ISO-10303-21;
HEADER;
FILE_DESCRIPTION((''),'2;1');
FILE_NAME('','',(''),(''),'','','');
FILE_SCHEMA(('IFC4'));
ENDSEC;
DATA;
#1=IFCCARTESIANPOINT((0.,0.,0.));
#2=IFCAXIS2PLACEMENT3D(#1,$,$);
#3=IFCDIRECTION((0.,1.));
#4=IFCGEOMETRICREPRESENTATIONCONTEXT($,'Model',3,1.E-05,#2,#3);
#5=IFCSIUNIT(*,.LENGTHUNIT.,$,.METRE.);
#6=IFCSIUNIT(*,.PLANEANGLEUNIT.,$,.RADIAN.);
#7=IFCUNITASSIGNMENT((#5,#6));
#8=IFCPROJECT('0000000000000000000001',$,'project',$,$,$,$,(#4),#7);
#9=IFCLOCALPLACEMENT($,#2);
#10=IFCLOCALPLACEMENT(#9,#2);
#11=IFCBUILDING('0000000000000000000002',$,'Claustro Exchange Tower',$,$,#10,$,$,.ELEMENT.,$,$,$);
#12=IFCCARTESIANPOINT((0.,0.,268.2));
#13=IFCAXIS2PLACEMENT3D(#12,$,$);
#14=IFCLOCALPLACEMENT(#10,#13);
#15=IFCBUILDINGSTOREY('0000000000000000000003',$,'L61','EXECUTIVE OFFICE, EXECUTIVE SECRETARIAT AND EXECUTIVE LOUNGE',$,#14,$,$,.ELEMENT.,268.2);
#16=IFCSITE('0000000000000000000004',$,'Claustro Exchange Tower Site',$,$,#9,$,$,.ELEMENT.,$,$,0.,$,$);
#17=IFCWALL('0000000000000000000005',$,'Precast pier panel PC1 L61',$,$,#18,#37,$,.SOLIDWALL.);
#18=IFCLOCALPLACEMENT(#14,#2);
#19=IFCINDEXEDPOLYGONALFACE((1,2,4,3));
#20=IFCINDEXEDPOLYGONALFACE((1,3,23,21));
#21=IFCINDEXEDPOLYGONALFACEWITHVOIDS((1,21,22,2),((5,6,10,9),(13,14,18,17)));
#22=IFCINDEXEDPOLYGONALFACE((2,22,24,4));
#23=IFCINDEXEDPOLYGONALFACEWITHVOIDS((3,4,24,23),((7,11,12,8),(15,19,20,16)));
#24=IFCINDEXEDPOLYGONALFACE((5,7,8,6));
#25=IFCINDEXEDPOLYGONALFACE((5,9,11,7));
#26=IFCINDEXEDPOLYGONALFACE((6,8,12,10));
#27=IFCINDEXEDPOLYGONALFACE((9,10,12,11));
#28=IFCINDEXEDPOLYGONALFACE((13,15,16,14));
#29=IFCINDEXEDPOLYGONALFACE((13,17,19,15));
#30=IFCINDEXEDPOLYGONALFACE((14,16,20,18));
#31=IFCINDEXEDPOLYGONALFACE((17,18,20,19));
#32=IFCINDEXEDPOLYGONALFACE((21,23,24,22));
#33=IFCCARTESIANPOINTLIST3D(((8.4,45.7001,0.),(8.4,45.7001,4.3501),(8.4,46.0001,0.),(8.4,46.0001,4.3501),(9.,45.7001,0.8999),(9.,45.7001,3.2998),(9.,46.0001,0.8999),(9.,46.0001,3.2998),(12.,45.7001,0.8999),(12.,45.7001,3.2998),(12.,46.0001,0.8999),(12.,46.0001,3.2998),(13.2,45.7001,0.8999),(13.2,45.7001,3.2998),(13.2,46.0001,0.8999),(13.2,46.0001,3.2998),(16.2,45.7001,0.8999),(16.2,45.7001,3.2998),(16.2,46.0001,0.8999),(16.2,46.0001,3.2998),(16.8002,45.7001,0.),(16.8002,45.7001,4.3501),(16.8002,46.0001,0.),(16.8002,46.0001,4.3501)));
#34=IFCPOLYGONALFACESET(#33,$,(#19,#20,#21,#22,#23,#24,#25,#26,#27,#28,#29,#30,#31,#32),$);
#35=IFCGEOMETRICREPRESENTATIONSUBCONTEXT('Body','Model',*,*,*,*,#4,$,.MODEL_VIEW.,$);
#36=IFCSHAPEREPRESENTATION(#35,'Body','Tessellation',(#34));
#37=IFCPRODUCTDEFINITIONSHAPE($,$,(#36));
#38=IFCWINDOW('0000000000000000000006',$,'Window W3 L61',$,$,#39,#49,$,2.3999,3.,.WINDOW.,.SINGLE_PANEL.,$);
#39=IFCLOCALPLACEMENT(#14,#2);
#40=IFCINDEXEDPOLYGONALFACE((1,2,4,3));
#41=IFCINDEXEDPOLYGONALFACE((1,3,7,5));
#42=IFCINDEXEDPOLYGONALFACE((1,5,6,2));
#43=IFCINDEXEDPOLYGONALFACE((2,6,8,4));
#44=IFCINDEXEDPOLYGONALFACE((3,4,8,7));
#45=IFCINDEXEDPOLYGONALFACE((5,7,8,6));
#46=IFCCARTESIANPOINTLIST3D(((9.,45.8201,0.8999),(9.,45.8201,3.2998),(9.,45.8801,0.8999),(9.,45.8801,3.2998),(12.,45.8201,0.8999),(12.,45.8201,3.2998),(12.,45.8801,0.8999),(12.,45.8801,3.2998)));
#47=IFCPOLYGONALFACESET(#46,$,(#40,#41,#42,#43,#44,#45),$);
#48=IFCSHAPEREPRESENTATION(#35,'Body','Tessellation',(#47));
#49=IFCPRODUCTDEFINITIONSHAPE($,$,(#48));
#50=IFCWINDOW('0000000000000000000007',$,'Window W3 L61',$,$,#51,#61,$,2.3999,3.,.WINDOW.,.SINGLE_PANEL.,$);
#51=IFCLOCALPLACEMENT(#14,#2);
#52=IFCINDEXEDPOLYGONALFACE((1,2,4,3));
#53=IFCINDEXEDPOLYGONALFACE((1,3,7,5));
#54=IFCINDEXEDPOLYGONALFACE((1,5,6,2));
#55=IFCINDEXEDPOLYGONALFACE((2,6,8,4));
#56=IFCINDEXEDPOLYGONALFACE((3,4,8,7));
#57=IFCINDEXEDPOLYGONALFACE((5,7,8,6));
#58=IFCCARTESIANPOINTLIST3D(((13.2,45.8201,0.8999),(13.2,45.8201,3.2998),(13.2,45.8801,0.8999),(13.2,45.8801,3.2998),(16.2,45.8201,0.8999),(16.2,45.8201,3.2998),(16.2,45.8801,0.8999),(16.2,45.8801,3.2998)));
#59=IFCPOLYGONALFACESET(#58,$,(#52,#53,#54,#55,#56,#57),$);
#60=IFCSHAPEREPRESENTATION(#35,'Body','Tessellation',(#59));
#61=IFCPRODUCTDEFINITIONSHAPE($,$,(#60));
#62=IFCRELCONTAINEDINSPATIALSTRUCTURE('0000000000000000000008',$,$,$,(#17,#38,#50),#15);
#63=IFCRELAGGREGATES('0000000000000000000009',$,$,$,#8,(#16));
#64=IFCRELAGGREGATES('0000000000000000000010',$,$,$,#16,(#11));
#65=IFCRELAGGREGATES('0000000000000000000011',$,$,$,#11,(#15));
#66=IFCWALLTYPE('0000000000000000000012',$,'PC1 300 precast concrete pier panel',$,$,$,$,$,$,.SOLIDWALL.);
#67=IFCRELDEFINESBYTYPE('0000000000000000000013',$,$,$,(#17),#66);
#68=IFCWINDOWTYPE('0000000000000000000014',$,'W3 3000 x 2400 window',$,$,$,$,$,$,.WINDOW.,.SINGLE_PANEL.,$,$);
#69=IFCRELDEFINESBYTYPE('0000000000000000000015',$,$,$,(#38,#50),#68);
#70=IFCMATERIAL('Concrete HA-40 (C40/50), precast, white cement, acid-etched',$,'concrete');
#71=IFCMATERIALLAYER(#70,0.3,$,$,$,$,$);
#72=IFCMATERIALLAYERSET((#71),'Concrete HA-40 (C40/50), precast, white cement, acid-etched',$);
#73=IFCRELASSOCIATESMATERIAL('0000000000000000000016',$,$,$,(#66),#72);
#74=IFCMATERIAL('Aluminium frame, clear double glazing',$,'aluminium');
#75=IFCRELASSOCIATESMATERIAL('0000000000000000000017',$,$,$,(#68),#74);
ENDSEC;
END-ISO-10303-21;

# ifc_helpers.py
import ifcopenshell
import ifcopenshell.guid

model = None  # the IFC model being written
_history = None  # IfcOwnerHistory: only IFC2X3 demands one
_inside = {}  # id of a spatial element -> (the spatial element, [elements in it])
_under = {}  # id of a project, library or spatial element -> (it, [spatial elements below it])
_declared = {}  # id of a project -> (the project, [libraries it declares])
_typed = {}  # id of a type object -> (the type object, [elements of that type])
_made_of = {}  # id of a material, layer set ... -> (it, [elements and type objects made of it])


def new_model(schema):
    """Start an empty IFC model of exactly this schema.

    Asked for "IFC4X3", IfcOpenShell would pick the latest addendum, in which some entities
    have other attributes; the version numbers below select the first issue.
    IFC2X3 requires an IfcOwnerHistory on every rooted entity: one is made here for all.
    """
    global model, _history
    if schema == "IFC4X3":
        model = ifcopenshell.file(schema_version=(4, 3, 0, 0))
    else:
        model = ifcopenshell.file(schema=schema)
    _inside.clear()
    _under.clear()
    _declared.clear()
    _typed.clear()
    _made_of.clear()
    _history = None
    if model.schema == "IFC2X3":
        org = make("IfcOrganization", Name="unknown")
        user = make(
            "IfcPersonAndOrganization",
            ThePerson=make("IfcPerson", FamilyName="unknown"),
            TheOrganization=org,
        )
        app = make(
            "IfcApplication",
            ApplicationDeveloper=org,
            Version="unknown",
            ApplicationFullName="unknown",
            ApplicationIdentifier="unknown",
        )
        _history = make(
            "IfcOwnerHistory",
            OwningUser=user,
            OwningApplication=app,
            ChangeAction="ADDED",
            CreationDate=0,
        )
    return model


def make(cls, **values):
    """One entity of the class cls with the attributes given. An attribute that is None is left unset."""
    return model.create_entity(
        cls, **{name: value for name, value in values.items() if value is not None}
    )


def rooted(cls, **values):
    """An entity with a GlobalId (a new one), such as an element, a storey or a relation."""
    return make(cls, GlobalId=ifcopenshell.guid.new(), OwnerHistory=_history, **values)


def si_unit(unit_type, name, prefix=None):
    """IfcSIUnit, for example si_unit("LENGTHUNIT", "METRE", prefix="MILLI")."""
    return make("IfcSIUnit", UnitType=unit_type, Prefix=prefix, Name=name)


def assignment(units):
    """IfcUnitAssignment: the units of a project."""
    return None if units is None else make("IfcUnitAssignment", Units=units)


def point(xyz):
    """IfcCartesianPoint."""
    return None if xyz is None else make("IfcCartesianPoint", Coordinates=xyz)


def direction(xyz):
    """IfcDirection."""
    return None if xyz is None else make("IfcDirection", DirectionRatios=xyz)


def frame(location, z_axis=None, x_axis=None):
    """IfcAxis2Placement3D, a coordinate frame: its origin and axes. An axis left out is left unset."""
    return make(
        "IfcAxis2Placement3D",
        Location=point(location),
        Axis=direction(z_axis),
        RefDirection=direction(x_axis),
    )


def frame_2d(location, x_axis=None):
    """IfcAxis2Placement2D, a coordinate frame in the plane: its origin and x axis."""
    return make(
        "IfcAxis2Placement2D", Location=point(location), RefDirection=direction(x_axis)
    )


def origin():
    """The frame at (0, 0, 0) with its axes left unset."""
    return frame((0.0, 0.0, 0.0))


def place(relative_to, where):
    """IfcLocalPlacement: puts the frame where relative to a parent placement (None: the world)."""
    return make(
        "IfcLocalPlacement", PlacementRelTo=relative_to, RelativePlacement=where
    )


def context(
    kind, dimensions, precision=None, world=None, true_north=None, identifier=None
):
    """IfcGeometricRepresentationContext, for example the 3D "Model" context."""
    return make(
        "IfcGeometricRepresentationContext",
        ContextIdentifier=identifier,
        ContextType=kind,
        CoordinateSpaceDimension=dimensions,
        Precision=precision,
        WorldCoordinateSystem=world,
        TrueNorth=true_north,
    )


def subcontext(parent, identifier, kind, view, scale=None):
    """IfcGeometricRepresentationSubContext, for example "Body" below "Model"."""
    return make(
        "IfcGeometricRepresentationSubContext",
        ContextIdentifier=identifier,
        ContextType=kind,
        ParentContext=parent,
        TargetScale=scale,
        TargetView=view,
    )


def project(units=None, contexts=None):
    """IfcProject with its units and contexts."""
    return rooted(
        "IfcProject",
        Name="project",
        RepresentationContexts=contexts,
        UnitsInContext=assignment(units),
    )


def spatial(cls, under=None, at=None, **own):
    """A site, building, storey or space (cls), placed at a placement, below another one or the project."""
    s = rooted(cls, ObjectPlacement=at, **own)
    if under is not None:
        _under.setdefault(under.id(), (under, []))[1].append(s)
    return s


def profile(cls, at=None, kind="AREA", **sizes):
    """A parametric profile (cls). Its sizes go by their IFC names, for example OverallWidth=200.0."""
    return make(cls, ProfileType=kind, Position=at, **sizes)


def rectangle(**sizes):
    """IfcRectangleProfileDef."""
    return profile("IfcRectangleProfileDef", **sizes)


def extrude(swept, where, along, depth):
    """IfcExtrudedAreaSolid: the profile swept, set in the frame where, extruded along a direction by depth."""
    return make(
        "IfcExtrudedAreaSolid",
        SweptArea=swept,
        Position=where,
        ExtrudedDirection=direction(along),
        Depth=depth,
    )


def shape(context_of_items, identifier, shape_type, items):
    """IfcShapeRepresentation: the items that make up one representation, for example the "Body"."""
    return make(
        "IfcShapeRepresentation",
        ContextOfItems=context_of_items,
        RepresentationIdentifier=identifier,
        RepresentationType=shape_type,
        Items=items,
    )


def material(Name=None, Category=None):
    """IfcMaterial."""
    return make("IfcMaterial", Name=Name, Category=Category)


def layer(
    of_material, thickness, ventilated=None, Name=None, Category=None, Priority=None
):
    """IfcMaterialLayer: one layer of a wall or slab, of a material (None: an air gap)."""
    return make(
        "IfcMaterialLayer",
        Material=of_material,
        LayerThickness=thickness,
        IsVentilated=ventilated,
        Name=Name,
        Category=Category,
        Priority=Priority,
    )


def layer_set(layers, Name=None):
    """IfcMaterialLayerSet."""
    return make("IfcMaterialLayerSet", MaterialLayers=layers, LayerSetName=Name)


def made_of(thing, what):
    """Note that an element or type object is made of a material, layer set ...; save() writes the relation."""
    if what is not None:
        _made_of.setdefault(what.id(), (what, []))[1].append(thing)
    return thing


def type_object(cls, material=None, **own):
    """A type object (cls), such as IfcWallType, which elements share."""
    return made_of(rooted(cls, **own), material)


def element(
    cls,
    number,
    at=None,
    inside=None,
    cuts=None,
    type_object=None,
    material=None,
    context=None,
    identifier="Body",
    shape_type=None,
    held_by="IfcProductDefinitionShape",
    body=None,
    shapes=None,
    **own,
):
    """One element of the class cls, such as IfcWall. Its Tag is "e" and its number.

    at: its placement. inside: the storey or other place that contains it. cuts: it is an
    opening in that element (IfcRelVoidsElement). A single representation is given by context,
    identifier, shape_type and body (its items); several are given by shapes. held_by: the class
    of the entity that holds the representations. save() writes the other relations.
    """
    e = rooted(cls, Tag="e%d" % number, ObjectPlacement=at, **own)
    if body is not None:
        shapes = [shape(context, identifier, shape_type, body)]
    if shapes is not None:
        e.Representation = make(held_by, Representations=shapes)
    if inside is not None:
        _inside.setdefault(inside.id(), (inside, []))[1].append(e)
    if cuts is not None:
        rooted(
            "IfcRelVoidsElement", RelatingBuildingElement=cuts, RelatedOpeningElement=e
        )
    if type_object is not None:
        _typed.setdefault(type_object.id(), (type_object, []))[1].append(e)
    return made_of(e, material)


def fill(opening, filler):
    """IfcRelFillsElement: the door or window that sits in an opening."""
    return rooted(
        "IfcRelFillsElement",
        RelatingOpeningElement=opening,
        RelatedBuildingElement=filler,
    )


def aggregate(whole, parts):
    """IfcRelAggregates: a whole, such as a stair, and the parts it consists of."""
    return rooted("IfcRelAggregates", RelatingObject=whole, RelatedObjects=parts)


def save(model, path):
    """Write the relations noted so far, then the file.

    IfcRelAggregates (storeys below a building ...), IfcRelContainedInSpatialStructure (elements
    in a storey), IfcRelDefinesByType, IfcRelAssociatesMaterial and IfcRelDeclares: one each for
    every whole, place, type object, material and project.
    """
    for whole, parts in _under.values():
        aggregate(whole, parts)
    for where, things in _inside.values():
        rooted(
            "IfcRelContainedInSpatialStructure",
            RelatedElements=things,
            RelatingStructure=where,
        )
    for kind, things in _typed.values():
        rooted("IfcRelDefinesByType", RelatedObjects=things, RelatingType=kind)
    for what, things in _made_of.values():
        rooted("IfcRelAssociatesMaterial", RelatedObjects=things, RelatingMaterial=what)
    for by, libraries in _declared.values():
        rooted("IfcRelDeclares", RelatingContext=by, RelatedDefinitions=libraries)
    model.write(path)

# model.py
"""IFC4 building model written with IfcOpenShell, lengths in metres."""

from ifc_helpers import new_model, si_unit, direction, frame, frame_2d, origin, place, context, subcontext, project, spatial, rectangle, extrude, material, layer, layer_set, type_object, element, fill, save


model = new_model("IFC4")

# Units and contexts
model_context = context("Model", 3, precision=1e-05, world=origin(), true_north=direction((0.0, 1.0)))
body_context = subcontext(model_context, "Body", "Model", "MODEL_VIEW")
ifc_project = project(units=[si_unit("LENGTHUNIT", "METRE"), si_unit("PLANEANGLEUNIT", "RADIAN")], contexts=[model_context])

# Site, building, storey
site_placement = place(None, origin())
site = spatial("IfcSite", under=ifc_project, at=site_placement, Name="Claustro Exchange Tower Site", CompositionType="ELEMENT", RefElevation=0.0)
building_placement = place(site_placement, origin())
building = spatial("IfcBuilding", under=site, at=building_placement, Name="Claustro Exchange Tower", CompositionType="ELEMENT")
storey_placement = place(building_placement, frame((0.0, 0.0, 268.2)))
storey = spatial("IfcBuildingStorey", under=building, at=storey_placement, Name="L61", Description="EXECUTIVE OFFICE, EXECUTIVE SECRETARIAT AND EXECUTIVE LOUNGE", CompositionType="ELEMENT", Elevation=268.2)

# Wall, openings, windows
ifc_material_1 = material(Name="Concrete HA-40 (C40/50), precast, white cement, acid-etched", Category="concrete")
ifc_layer_1 = layer(ifc_material_1, 0.3)
ifc_layer_set_1 = layer_set([ifc_layer_1], Name="Concrete HA-40 (C40/50), precast, white cement, acid-etched")
wall_type_1 = type_object("IfcWallType", Name="PC1 300 precast concrete pier panel", PredefinedType="SOLIDWALL", material=ifc_layer_set_1)
wall_1_placement = place(storey_placement, frame((8.3999, 45.8501, 0.0), z_axis=(0.0, 0.0, 1.0), x_axis=(1.0, 0.0, 0.0)))
wall_1 = element("IfcWall", 1, at=wall_1_placement, inside=storey, type_object=wall_type_1, Name="Precast pier panel PC1 L61", PredefinedType="SOLIDWALL", context=body_context, shape_type="SweptSolid", body=[
    extrude(rectangle(XDim=8.4001, YDim=0.3, at=frame_2d((4.2002, 0.0))), origin(), (0.0, 0.0, 1.0), 4.3501),
])
opening_1_placement = place(wall_1_placement, frame((0.6001, 0.0, 0.8999)))
opening_1 = element("IfcOpeningElement", 2, at=opening_1_placement, cuts=wall_1, PredefinedType="OPENING", context=body_context, shape_type="SweptSolid", body=[
    extrude(rectangle(XDim=3.0, YDim=2.3999, at=frame_2d((1.5, 1.2))), frame((0.0, 0.1599, 0.0), z_axis=(0.0, -1.0, 0.0), x_axis=(1.0, 0.0, 0.0)), (0.0, 0.0, 1.0), 0.3201),
])
opening_2_placement = place(wall_1_placement, frame((4.8, 0.0, 0.8999)))
opening_2 = element("IfcOpeningElement", 3, at=opening_2_placement, cuts=wall_1, PredefinedType="OPENING", context=body_context, shape_type="SweptSolid", body=[
    extrude(rectangle(XDim=3.0, YDim=2.3999, at=frame_2d((1.5, 1.2))), frame((0.0, 0.1599, 0.0), z_axis=(0.0, -1.0, 0.0), x_axis=(1.0, 0.0, 0.0)), (0.0, 0.0, 1.0), 0.3201),
])
ifc_material_2 = material(Name="Aluminium frame, clear double glazing", Category="aluminium")
window_type = type_object("IfcWindowType", Name="W3 3000 x 2400 window", PartitioningType="SINGLE_PANEL", PredefinedType="WINDOW", material=ifc_material_2)
window_1_placement = place(opening_1_placement, origin())
window_1 = element("IfcWindow", 4, at=window_1_placement, inside=storey, type_object=window_type, Name="Window W3 L61", OverallHeight=2.3999, OverallWidth=3.0, PartitioningType="SINGLE_PANEL", PredefinedType="WINDOW", context=body_context, shape_type="SweptSolid", body=[
    extrude(rectangle(XDim=3.0, YDim=2.3999, at=frame_2d((1.5, 1.2))), frame((0.0, 0.03, 0.0), z_axis=(0.0, -1.0, 0.0), x_axis=(1.0, 0.0, 0.0)), (0.0, 0.0, 1.0), 0.0601),
])
fill(opening_1, window_1)
window_2_placement = place(opening_2_placement, origin())
window_2 = element("IfcWindow", 5, at=window_2_placement, inside=storey, type_object=window_type, Name="Window W3 L61", OverallHeight=2.3999, OverallWidth=3.0, PartitioningType="SINGLE_PANEL", PredefinedType="WINDOW", context=body_context, shape_type="SweptSolid", body=[
    extrude(rectangle(XDim=3.0, YDim=2.3999, at=frame_2d((1.5, 1.2))), frame((0.0, 0.03, 0.0), z_axis=(0.0, -1.0, 0.0), x_axis=(1.0, 0.0, 0.0)), (0.0, 0.0, 1.0), 0.0601),
])
fill(opening_2, window_2)

save(model, "model.ifc")
